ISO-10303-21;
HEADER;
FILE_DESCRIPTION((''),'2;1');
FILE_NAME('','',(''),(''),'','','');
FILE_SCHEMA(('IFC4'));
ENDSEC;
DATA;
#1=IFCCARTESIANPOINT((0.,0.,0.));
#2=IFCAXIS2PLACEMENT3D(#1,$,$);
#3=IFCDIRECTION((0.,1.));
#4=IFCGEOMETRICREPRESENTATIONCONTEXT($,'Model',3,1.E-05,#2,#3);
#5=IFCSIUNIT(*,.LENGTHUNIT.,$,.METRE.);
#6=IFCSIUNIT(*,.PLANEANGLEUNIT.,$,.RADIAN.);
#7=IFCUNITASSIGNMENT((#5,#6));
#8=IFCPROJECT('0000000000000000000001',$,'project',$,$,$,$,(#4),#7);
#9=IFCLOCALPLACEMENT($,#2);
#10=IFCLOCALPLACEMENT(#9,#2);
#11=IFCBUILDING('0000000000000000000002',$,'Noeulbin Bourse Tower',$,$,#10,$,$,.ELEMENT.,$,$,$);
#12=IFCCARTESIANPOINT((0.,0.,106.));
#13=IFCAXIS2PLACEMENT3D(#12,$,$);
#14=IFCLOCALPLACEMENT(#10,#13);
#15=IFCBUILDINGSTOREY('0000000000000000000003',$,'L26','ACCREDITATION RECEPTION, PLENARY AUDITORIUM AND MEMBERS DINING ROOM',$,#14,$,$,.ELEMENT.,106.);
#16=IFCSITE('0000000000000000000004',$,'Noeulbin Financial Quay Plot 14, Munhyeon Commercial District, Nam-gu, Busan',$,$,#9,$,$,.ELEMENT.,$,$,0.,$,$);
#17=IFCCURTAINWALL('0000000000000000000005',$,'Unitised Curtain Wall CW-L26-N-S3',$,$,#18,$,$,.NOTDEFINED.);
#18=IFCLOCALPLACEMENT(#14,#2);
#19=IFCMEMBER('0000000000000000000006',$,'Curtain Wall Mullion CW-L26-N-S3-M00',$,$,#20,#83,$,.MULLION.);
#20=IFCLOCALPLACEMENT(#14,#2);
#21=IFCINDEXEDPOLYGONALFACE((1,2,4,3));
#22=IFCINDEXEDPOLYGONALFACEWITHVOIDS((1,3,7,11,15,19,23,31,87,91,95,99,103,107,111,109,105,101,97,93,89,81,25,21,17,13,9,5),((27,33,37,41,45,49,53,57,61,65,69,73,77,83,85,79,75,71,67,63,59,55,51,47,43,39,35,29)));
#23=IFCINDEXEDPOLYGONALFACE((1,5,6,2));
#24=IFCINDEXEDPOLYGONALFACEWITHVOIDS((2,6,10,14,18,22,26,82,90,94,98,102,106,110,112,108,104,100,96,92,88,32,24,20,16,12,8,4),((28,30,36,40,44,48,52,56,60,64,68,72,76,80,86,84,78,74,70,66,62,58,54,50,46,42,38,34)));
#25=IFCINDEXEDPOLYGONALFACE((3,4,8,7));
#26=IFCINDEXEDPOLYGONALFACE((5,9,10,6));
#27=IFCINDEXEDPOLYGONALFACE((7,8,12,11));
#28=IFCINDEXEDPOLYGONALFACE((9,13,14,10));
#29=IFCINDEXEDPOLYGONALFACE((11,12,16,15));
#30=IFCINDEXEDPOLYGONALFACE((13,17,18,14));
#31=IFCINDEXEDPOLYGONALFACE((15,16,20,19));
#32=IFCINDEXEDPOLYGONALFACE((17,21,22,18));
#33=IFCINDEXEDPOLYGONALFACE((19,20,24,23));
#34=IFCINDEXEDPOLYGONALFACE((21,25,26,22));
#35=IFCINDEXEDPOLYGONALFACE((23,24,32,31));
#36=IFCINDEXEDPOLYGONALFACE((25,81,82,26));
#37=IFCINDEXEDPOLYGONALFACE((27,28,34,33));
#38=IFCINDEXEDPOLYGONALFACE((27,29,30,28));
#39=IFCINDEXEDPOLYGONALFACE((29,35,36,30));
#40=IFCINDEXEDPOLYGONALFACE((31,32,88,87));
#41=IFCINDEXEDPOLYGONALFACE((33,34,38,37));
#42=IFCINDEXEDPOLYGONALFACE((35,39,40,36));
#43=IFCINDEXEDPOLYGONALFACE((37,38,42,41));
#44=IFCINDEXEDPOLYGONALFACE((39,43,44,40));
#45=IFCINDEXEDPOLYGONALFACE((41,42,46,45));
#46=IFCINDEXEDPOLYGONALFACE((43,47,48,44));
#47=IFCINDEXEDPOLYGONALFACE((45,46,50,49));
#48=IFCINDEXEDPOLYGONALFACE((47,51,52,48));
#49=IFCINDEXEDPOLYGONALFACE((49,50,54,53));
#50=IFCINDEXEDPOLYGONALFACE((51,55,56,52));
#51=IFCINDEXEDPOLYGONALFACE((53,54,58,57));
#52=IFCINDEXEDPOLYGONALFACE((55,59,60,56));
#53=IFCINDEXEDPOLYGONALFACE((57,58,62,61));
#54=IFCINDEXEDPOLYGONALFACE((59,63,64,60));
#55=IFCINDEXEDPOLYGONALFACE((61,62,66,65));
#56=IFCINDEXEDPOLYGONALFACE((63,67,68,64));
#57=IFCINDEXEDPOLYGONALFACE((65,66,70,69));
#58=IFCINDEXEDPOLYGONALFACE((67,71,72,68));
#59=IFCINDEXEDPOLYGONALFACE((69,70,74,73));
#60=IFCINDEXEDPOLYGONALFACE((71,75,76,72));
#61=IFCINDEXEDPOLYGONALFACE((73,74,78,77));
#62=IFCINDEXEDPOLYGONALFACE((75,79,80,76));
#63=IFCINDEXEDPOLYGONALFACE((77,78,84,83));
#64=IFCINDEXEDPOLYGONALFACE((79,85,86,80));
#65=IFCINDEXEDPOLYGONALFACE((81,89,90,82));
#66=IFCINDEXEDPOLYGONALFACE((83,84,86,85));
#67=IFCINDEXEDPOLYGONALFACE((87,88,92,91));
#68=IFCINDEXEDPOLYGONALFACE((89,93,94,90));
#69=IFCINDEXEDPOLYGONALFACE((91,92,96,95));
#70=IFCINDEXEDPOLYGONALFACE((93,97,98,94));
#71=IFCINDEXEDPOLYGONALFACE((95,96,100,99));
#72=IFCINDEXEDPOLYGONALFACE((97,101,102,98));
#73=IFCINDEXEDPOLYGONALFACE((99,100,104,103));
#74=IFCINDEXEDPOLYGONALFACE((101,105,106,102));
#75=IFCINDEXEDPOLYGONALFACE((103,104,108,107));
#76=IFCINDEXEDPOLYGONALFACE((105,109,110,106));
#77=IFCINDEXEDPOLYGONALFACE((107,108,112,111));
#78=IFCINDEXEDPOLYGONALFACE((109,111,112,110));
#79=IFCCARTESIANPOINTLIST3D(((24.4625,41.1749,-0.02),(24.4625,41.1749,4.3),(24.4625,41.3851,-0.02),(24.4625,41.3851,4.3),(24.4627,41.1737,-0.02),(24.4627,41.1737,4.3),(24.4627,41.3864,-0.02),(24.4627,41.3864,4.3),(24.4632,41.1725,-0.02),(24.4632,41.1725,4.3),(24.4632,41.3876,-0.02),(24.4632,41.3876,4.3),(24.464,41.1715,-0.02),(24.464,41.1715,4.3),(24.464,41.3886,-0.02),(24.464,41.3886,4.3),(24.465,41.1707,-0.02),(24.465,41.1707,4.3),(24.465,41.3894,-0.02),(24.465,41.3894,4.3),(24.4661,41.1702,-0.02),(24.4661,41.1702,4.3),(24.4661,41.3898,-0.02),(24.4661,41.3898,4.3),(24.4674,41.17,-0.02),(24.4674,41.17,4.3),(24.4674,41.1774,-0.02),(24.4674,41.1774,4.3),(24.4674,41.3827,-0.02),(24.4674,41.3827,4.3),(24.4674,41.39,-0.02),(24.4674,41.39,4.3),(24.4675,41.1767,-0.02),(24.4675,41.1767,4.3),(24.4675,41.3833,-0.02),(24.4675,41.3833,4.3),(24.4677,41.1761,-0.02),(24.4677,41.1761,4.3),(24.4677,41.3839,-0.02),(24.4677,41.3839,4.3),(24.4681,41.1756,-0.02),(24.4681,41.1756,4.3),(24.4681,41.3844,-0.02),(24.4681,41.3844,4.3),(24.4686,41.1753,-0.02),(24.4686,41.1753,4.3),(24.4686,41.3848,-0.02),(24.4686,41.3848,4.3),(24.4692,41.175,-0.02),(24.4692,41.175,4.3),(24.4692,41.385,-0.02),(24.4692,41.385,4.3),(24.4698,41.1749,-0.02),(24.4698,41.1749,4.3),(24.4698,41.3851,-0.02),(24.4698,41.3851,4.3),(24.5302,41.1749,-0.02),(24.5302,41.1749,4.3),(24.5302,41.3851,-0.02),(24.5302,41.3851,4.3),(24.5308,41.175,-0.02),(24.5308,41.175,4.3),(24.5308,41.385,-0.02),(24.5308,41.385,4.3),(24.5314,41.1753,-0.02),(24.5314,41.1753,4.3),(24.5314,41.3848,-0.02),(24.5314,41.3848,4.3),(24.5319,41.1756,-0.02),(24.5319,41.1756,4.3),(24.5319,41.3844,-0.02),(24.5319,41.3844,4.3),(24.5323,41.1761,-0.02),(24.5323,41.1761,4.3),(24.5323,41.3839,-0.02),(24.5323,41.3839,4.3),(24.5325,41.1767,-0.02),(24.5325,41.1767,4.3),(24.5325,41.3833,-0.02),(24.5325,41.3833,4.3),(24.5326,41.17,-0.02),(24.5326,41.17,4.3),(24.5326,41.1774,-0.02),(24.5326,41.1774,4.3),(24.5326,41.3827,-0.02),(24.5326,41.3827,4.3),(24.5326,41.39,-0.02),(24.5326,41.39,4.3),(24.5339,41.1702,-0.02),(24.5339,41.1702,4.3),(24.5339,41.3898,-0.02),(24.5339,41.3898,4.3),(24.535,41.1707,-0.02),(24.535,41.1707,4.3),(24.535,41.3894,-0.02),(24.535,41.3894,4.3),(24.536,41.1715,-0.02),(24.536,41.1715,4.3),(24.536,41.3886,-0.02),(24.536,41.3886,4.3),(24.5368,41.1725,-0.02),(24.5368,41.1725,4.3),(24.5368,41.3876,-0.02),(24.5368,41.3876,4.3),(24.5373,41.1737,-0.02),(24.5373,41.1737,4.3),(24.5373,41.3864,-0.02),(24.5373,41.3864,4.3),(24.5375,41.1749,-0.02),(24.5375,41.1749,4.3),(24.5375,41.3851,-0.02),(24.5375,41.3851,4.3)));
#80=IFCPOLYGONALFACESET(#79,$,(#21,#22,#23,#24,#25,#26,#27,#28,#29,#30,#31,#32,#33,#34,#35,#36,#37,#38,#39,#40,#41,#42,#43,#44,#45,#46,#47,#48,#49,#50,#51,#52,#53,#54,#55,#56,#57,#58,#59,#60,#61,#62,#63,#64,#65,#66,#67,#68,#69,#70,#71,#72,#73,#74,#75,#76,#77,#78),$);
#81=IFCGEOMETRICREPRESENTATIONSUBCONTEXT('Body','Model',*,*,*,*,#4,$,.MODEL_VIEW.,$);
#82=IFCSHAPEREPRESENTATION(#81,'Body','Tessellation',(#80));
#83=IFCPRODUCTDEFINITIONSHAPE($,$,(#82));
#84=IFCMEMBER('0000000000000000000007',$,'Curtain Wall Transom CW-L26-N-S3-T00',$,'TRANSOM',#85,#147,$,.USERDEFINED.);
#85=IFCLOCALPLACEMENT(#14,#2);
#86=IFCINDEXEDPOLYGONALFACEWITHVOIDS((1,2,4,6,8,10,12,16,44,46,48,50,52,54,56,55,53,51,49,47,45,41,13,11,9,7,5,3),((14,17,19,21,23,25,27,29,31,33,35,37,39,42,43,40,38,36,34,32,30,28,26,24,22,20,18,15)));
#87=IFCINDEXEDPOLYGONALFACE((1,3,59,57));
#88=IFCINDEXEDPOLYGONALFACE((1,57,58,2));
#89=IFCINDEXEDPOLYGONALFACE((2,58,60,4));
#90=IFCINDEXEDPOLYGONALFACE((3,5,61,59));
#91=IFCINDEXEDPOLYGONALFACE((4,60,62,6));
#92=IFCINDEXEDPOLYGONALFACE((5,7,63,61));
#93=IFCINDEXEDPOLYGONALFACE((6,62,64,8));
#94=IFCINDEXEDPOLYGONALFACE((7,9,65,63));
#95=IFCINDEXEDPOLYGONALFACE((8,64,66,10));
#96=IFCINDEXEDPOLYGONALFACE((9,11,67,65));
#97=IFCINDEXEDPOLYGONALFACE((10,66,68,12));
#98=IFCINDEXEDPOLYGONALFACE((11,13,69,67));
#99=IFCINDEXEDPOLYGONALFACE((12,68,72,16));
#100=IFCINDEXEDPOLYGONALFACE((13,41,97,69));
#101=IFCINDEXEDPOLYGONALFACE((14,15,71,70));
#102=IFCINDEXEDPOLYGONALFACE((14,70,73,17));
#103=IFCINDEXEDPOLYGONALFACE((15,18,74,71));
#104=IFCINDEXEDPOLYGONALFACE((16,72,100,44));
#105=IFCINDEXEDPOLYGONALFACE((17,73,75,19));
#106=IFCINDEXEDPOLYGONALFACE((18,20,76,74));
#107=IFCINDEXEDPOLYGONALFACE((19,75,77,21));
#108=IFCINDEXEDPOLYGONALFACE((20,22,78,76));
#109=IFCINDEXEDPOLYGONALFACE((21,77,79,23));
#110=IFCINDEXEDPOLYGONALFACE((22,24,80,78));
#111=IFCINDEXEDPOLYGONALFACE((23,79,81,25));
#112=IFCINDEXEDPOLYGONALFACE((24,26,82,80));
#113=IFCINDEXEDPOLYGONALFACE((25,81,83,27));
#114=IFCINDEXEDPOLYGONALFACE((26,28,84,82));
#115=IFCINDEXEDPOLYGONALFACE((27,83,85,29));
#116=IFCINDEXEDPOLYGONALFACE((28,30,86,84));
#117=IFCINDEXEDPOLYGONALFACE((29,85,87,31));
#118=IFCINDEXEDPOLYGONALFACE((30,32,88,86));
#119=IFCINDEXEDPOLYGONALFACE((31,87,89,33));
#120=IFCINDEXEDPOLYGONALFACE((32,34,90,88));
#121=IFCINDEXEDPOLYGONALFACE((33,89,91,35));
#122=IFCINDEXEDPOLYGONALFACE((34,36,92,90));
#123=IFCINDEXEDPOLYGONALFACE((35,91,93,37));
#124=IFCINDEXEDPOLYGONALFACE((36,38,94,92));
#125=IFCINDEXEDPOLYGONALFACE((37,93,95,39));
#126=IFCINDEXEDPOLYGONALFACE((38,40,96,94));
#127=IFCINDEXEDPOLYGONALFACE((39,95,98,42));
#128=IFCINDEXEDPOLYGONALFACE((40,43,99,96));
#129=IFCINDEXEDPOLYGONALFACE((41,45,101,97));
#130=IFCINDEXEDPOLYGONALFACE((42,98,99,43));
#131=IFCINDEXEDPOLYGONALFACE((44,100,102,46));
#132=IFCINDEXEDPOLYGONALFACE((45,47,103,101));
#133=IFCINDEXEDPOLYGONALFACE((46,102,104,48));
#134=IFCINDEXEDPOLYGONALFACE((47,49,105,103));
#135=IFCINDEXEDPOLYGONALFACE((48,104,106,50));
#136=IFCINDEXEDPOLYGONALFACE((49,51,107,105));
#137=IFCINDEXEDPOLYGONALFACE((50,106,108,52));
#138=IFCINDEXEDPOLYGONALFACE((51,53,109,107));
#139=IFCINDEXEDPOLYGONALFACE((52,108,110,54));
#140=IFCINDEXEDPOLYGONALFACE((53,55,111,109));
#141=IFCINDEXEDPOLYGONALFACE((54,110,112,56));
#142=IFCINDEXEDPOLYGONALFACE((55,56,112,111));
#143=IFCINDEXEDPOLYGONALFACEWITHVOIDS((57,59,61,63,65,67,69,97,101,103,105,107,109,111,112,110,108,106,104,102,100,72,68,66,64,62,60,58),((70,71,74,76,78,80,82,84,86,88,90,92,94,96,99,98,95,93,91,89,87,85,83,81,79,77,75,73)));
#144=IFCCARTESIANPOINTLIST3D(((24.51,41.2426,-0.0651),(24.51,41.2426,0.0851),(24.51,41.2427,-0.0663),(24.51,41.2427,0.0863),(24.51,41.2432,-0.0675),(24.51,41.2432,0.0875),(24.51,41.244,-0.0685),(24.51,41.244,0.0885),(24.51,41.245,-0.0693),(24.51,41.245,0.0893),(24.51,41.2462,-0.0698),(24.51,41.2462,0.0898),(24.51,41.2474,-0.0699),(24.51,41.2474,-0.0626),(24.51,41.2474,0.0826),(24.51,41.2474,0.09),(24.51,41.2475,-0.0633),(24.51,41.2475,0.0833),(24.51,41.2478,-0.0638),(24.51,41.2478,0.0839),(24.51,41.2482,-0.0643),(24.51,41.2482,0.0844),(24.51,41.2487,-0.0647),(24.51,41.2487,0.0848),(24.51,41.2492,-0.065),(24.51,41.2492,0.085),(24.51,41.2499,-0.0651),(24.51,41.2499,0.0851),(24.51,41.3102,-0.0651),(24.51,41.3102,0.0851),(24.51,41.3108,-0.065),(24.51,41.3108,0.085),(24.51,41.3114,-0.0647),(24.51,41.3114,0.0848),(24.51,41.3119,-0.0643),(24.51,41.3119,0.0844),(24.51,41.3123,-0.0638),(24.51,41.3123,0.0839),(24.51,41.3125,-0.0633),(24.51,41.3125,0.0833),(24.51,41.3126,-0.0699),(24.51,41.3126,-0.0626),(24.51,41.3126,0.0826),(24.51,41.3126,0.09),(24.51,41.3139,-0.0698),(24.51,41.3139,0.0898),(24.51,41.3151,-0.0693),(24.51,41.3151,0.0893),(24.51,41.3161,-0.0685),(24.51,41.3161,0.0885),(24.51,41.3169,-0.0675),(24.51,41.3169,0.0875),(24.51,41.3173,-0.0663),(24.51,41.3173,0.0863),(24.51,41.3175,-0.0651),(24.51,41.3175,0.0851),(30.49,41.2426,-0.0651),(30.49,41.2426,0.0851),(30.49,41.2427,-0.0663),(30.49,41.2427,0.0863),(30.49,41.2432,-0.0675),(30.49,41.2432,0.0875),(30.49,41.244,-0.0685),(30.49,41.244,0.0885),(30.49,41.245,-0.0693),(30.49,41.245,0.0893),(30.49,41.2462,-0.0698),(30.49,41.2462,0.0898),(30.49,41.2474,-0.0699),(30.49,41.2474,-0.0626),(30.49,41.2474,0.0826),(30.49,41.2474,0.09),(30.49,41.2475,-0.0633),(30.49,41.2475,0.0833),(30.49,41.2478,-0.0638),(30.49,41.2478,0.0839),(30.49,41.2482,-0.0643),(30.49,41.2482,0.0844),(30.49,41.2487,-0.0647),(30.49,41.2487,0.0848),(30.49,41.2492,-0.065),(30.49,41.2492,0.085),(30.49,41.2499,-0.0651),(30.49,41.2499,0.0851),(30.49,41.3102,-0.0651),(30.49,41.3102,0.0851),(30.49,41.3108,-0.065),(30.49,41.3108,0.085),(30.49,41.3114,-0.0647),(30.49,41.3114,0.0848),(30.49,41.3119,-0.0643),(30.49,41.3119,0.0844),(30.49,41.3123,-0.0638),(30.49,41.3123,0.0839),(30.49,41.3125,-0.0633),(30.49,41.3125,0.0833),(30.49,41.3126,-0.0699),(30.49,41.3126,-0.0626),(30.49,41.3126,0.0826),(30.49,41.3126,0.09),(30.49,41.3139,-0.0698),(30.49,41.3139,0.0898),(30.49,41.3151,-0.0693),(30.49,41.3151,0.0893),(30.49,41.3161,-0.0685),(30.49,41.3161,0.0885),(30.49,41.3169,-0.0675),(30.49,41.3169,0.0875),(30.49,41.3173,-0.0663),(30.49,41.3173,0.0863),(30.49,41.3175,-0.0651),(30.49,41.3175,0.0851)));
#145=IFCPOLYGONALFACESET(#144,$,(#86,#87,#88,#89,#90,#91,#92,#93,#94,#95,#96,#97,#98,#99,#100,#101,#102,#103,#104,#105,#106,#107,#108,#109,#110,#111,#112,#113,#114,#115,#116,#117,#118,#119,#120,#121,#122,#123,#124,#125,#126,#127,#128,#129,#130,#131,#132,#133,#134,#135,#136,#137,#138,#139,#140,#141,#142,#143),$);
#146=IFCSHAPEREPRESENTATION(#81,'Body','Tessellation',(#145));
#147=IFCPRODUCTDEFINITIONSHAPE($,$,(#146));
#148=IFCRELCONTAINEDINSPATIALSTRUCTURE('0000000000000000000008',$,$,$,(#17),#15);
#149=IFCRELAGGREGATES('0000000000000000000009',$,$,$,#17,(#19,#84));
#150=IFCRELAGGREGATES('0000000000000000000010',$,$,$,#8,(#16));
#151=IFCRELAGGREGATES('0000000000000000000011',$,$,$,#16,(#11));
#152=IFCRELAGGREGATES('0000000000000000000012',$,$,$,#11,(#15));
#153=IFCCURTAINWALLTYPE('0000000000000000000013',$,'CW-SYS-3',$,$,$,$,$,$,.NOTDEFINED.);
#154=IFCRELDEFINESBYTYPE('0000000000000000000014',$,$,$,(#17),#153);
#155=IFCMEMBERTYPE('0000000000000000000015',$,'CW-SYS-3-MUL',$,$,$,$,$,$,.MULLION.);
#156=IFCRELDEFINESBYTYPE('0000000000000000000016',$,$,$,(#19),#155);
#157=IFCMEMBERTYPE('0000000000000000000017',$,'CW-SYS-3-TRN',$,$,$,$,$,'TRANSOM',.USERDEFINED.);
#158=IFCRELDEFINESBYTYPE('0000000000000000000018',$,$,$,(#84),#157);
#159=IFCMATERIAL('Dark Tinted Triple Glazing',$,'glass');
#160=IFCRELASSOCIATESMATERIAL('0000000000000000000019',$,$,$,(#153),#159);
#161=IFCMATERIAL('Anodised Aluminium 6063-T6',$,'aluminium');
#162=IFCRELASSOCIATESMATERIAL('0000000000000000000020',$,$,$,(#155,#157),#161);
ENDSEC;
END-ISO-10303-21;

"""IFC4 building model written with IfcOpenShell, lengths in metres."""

from ifc_helpers import new_model, si_unit, direction, frame, origin, origin_2d, place, context, subcontext, project, spatial, hollow_rectangle, extrude, material, material_profile, profile_set, type_object, element, aggregate, save


model = new_model("IFC4")

# Units and contexts
model_context = context("Model", 3, precision=1e-05, world=origin(), true_north=direction((0.0, 1.0)))
body_context = subcontext(model_context, "Body", "Model", "MODEL_VIEW")
ifc_project = project(units=[si_unit("LENGTHUNIT", "METRE"), si_unit("PLANEANGLEUNIT", "RADIAN")], contexts=[model_context])

# Site, building, storey
site_placement = place(None, origin())
site = spatial("IfcSite", under=ifc_project, at=site_placement, Name="Noeulbin Financial Quay Plot 14, Munhyeon Commercial District, Nam-gu, Busan", CompositionType="ELEMENT", RefElevation=0.0)
building_placement = place(site_placement, origin())
building = spatial("IfcBuilding", under=site, at=building_placement, Name="Noeulbin Bourse Tower", CompositionType="ELEMENT")
storey_placement = place(building_placement, frame((0.0, 0.0, 106.0)))
storey = spatial("IfcBuildingStorey", under=building, at=storey_placement, Name="L26", Description="ACCREDITATION RECEPTION, PLENARY AUDITORIUM AND MEMBERS DINING ROOM", CompositionType="ELEMENT", Elevation=106.0)

# Shared definitions
ifc_material_1 = material(Name="Dark Tinted Triple Glazing", Category="glass")
curtain_wall_type = type_object("IfcCurtainWallType", Name="CW-SYS-3", PredefinedType="NOTDEFINED", material=ifc_material_1)
ifc_material_2 = material(Name="Anodised Aluminium 6063-T6", Category="aluminium")
ifc_material_profile_1 = material_profile(ifc_material_2, hollow_rectangle(XDim=0.075, YDim=0.22, WallThickness=0.0049, InnerFilletRadius=0.0024, OuterFilletRadius=0.0049, at=origin_2d()), Name="ALU-MULL-75x220x5", Category="LoadBearing")
ifc_profile_set_1 = profile_set([ifc_material_profile_1], Name="Anodised Aluminium 6063-T6")
member_type_1 = type_object("IfcMemberType", Name="CW-SYS-3-MUL", PredefinedType="MULLION", material=ifc_profile_set_1)

# Curtain wall, members
curtain_wall_1_placement = place(storey_placement, origin())
curtain_wall_1 = element("IfcCurtainWall", 1, at=curtain_wall_1_placement, inside=storey, type_object=curtain_wall_type, Name="Unitised Curtain Wall CW-L26-N-S3", PredefinedType="NOTDEFINED")
member_1_placement = place(storey_placement, frame((24.5, 41.28, -0.02), z_axis=(0.0, 0.0, 1.0), x_axis=(1.0, 0.0, 0.0)))
member_1 = element("IfcMember", 2, at=member_1_placement, type_object=member_type_1, Name="Curtain Wall Mullion CW-L26-N-S3-M00", PredefinedType="MULLION", context=body_context, shape_type="SweptSolid", body=[
    extrude(hollow_rectangle(XDim=0.075, YDim=0.22, WallThickness=0.0049, InnerFilletRadius=0.0024, OuterFilletRadius=0.0049, at=origin_2d()), origin(), (0.0, 0.0, 1.0), 4.3201),
])
ifc_material_profile_2 = material_profile(ifc_material_2, hollow_rectangle(XDim=0.075, YDim=0.1599, WallThickness=0.0049, InnerFilletRadius=0.0024, OuterFilletRadius=0.0049, at=origin_2d()), Name="ALU-TRAN-75x160x5", Category="LoadBearing")
ifc_profile_set_2 = profile_set([ifc_material_profile_2], Name="Anodised Aluminium 6063-T6")
member_type_2 = type_object("IfcMemberType", Name="CW-SYS-3-TRN", ElementType="TRANSOM", PredefinedType="USERDEFINED", material=ifc_profile_set_2)
member_2_placement = place(storey_placement, frame((24.51, 41.28, 0.01), z_axis=(1.0, 0.0, 0.0), x_axis=(0.0, 1.0, 0.0)))
member_2 = element("IfcMember", 3, at=member_2_placement, type_object=member_type_2, Name="Curtain Wall Transom CW-L26-N-S3-T00", ObjectType="TRANSOM", PredefinedType="USERDEFINED", context=body_context, shape_type="SweptSolid", body=[
    extrude(hollow_rectangle(XDim=0.075, YDim=0.1599, WallThickness=0.0049, InnerFilletRadius=0.0024, OuterFilletRadius=0.0049, at=origin_2d()), origin(), (0.0, 0.0, 1.0), 5.98),
])

aggregate(curtain_wall_1, [member_1, member_2])

save(model, "model.ifc")
